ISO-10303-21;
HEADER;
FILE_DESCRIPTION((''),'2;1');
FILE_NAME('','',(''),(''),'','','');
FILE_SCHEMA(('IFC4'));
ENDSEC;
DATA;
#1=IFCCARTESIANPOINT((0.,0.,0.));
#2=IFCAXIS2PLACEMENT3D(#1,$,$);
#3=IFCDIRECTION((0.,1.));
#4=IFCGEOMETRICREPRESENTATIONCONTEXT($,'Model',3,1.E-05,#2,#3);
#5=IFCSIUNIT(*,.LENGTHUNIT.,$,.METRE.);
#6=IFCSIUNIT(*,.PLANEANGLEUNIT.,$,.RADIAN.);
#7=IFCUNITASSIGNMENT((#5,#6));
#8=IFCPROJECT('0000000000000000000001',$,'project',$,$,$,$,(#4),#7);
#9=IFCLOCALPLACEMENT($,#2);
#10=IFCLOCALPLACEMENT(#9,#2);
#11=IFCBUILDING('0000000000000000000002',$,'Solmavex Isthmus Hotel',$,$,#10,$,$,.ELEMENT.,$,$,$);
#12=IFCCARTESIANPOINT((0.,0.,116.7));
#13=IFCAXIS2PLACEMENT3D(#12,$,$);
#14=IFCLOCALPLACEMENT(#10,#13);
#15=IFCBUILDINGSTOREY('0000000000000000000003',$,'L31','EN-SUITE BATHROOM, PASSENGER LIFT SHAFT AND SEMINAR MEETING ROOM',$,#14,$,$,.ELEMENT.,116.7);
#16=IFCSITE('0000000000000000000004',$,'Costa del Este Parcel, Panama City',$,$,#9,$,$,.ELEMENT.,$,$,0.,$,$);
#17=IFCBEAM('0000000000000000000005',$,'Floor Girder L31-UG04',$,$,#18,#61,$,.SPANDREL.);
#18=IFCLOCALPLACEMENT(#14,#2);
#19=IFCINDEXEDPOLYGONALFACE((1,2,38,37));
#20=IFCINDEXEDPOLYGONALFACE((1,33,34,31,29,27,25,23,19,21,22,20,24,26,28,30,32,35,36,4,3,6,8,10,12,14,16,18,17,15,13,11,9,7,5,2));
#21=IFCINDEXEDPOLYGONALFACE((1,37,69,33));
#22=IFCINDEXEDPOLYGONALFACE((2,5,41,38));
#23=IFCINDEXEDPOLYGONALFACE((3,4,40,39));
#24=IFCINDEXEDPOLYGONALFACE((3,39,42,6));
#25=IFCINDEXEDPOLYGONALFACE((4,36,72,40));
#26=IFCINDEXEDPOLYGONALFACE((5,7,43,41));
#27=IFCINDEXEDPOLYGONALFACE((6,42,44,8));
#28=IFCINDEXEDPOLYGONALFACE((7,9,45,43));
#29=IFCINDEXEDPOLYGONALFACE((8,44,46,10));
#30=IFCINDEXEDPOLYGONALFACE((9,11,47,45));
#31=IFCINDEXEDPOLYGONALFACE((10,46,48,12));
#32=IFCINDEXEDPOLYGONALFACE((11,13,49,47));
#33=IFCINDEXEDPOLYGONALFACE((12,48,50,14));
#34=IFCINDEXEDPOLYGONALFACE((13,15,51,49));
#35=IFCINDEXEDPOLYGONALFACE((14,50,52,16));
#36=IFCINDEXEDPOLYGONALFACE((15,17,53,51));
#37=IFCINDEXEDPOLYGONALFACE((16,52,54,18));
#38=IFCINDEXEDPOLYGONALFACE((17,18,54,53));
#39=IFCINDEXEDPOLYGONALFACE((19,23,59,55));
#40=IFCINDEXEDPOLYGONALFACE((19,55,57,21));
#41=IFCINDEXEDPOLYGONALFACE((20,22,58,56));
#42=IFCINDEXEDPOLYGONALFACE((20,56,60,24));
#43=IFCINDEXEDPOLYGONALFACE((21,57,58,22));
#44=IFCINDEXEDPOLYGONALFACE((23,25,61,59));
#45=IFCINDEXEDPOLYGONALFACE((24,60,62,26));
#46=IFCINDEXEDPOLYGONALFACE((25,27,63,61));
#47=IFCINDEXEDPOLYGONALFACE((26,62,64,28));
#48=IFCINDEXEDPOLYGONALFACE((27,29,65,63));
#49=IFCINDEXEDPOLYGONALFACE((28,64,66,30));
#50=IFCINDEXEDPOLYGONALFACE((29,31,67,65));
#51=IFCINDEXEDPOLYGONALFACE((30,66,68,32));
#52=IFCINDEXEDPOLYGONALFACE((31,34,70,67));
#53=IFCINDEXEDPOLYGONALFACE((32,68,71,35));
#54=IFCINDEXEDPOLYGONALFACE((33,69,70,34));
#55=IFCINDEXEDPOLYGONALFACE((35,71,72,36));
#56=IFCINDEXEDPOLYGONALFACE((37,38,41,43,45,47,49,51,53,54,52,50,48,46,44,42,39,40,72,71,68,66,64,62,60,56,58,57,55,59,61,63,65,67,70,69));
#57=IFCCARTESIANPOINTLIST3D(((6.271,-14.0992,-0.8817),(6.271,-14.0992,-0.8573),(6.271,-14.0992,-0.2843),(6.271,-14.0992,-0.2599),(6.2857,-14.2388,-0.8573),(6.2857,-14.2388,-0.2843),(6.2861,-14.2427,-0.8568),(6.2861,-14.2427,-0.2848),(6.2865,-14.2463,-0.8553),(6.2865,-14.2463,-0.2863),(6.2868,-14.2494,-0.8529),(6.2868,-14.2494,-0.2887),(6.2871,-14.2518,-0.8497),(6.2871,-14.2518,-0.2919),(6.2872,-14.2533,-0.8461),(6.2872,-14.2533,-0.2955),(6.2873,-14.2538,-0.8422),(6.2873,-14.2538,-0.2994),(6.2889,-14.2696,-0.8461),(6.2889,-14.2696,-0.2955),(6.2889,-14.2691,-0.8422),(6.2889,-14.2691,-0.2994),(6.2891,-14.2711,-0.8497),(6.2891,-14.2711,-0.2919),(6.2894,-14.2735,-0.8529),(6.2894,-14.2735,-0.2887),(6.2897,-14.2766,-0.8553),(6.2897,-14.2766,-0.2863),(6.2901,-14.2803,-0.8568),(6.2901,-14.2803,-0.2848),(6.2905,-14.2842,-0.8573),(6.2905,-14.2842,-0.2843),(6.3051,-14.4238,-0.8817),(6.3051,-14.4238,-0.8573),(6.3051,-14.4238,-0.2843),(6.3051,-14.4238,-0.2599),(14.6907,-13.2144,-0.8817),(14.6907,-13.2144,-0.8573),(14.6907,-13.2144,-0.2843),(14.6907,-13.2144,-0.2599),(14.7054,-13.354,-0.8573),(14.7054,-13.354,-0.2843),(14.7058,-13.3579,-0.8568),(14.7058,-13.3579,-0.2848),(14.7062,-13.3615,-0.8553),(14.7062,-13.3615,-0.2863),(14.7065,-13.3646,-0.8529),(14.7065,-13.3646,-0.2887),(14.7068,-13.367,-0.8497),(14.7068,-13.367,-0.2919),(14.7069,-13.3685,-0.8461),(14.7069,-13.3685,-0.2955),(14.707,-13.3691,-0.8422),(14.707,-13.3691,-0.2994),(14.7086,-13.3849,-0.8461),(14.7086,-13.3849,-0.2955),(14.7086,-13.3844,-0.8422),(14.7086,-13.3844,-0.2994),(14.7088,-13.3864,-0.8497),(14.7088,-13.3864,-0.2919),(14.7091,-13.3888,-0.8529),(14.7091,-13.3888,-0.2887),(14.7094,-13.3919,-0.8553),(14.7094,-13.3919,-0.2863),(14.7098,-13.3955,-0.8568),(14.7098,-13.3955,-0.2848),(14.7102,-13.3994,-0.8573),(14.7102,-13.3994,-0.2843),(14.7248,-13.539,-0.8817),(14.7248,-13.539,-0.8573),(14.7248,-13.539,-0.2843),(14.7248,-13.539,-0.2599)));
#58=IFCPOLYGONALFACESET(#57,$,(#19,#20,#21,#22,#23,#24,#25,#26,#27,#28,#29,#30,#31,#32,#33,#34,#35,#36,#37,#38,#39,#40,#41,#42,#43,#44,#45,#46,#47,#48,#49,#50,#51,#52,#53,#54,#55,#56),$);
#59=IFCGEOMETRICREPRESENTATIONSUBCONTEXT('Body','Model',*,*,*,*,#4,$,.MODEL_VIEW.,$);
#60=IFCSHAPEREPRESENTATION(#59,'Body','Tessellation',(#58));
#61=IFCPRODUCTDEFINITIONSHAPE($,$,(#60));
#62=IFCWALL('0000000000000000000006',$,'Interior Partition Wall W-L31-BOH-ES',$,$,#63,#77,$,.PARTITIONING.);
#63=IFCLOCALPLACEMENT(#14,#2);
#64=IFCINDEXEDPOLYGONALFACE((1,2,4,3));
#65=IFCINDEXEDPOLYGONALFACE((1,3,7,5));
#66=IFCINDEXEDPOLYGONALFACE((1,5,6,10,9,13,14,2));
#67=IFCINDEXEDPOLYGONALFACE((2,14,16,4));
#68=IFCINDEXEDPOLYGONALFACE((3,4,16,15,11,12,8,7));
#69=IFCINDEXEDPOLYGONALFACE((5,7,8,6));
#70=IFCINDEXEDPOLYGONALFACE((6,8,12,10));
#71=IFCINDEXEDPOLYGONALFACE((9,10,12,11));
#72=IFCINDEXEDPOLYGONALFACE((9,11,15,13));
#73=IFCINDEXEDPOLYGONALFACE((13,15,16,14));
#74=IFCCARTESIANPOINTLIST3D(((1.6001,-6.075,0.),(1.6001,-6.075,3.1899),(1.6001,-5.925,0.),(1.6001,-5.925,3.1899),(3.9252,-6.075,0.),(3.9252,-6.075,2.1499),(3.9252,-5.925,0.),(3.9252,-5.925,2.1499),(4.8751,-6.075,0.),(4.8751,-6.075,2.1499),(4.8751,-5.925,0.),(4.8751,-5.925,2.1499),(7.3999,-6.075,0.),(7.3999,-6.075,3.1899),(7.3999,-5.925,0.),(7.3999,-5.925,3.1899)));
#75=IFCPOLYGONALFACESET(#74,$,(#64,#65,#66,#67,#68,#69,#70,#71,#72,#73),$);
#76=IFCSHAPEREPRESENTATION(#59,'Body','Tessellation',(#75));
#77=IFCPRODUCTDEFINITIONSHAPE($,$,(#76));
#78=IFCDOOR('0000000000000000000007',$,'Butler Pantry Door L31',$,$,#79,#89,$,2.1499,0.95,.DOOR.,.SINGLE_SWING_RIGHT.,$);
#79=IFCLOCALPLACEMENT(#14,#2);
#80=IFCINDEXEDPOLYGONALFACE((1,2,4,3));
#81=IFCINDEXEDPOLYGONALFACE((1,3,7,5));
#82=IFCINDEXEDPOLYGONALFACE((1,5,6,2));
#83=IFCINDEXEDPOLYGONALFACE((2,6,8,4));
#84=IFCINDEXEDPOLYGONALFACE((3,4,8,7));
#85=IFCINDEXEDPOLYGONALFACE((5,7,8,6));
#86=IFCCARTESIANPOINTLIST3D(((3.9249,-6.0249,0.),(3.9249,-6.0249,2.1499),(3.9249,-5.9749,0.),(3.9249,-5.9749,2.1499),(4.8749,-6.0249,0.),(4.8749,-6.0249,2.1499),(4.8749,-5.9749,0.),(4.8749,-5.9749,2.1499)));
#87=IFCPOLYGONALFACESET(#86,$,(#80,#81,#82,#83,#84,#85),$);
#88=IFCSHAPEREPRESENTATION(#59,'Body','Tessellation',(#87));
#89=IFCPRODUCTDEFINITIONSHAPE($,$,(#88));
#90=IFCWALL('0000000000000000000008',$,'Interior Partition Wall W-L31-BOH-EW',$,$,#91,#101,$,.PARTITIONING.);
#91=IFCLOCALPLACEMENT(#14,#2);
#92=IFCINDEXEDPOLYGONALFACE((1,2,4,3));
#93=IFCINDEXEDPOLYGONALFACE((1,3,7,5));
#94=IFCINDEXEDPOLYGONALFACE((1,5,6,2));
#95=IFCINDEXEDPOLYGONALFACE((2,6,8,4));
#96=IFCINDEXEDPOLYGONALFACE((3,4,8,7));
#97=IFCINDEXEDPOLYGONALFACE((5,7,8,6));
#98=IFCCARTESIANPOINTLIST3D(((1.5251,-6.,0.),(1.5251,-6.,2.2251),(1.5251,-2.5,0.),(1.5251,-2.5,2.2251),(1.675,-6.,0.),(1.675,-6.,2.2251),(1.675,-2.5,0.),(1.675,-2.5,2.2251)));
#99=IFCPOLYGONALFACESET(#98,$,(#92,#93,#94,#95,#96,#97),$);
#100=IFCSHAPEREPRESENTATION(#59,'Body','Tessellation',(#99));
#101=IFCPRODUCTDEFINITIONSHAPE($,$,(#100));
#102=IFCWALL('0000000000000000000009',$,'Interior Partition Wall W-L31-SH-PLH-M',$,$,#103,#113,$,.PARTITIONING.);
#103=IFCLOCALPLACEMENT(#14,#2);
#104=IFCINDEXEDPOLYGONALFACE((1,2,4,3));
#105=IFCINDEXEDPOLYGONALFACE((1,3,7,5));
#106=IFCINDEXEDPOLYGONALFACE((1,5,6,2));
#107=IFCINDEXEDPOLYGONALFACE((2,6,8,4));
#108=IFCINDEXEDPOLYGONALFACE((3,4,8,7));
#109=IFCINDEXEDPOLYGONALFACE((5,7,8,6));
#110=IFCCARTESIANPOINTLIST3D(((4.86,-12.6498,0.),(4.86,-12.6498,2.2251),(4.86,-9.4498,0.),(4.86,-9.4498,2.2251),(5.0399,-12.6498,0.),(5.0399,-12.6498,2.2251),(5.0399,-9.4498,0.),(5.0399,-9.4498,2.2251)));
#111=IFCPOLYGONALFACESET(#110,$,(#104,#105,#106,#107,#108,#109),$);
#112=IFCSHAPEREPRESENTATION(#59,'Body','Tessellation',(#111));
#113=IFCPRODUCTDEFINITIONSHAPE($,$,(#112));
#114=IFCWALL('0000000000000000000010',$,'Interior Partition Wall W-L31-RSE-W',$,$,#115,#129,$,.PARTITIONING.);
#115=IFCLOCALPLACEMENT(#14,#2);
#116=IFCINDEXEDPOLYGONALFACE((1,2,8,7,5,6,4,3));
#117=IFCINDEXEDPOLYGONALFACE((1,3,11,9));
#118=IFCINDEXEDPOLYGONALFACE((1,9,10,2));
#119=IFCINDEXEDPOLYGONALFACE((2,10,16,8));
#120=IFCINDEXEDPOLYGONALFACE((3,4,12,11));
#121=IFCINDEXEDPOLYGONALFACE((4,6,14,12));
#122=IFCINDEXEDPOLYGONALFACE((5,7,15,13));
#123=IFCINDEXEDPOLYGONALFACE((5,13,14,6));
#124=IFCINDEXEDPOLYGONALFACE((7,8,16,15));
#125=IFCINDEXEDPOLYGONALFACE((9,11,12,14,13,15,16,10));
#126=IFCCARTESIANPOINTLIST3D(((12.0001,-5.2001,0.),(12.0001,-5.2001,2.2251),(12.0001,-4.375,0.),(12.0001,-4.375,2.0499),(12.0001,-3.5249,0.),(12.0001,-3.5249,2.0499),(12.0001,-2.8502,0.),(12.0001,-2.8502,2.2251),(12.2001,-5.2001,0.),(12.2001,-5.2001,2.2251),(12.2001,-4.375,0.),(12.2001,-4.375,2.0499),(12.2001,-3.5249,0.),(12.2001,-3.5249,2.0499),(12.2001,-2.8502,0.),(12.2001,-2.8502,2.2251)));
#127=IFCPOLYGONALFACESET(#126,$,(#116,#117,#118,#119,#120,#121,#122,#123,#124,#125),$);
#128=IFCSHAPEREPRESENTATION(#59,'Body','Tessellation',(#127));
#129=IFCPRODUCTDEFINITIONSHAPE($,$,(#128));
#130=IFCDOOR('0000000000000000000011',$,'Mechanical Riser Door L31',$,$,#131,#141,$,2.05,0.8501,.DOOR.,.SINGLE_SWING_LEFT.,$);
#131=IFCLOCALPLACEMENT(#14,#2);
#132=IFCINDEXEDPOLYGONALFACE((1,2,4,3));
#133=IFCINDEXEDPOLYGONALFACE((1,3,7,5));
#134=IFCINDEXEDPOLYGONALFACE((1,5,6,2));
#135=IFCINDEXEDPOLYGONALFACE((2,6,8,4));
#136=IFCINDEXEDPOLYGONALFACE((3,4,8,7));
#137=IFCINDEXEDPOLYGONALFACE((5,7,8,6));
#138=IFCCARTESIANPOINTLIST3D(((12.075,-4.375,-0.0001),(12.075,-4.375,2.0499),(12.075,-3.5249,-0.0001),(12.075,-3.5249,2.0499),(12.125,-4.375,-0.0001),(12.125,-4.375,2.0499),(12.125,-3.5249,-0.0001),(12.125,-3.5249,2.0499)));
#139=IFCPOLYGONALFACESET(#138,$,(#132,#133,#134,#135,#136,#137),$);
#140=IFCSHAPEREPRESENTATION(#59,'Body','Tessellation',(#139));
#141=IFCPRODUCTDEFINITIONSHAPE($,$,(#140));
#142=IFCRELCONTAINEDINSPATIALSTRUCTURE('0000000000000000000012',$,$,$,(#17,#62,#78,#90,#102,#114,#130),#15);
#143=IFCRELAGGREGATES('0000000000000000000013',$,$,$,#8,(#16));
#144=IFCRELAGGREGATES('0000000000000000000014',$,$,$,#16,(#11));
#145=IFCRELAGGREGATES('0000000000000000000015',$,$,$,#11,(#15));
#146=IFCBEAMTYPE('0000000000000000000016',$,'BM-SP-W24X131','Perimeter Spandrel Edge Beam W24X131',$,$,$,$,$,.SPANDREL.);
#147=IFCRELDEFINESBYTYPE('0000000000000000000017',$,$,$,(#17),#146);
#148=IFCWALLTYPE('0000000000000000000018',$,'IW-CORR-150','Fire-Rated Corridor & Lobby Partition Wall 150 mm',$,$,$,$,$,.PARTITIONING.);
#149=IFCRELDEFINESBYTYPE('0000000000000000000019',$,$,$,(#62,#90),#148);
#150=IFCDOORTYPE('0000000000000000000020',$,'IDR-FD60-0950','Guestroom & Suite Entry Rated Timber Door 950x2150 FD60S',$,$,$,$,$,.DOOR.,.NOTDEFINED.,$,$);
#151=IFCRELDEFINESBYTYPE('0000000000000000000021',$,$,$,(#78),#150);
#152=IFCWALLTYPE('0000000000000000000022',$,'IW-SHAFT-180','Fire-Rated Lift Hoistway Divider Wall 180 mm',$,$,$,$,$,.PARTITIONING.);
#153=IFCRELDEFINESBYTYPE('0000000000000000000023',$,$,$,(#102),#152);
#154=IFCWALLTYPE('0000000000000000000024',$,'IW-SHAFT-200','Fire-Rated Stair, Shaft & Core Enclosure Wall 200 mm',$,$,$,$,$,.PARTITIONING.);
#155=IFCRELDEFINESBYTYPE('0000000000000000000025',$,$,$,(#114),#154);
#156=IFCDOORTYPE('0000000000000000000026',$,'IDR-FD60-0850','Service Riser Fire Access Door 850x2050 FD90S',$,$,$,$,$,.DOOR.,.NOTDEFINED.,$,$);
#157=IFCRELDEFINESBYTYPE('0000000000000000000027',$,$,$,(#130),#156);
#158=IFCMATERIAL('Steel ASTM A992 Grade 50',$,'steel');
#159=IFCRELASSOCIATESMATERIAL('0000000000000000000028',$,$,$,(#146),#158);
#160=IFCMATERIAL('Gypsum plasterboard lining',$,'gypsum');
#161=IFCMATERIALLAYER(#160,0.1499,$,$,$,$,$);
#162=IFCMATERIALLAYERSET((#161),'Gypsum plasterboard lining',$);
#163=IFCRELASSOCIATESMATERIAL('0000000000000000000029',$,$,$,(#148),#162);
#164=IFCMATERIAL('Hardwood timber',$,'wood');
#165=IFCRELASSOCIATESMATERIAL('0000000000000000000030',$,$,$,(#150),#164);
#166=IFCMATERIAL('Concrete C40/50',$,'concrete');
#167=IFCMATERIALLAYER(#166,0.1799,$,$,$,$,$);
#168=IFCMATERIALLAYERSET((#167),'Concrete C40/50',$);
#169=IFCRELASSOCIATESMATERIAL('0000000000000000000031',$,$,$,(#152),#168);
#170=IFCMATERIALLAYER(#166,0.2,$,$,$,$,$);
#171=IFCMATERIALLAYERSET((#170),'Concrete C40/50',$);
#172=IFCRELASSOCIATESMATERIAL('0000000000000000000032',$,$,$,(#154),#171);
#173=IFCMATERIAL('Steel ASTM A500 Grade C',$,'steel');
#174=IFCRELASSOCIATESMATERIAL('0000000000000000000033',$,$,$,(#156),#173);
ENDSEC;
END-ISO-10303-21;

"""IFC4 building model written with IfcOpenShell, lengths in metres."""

from ifc_helpers import new_model, si_unit, direction, frame, frame_2d, origin, origin_2d, place, context, subcontext, project, spatial, rectangle, i_section, extrude, material, layer, layer_set, material_profile, profile_set, type_object, element, fill, save


model = new_model("IFC4")

# Units and contexts
model_context = context("Model", 3, precision=1e-05, world=origin(), true_north=direction((0.0, 1.0)))
body_context = subcontext(model_context, "Body", "Model", "MODEL_VIEW")
ifc_project = project(units=[si_unit("LENGTHUNIT", "METRE"), si_unit("PLANEANGLEUNIT", "RADIAN")], contexts=[model_context])

# Site, building, storey
site_placement = place(None, origin())
site = spatial("IfcSite", under=ifc_project, at=site_placement, Name="Costa del Este Parcel, Panama City", CompositionType="ELEMENT", RefElevation=0.0)
building_placement = place(site_placement, origin())
building = spatial("IfcBuilding", under=site, at=building_placement, Name="Solmavex Isthmus Hotel", CompositionType="ELEMENT")
storey_placement = place(building_placement, frame((0.0, 0.0, 116.7)))
storey = spatial("IfcBuildingStorey", under=building, at=storey_placement, Name="L31", Description="EN-SUITE BATHROOM, PASSENGER LIFT SHAFT AND SEMINAR MEETING ROOM", CompositionType="ELEMENT", Elevation=116.7)

# Beam
ifc_material_1 = material(Name="Steel ASTM A992 Grade 50", Category="steel")
ifc_material_profile_1 = material_profile(ifc_material_1, i_section(OverallWidth=0.3264, OverallDepth=0.6218, WebThickness=0.0154, FlangeThickness=0.0244, FilletRadius=0.0151, at=origin_2d()), Name="W24X131")
ifc_profile_set_1 = profile_set([ifc_material_profile_1], Name="Steel ASTM A992 Grade 50")
beam_type_1 = type_object("IfcBeamType", Name="BM-SP-W24X131", Description="Perimeter Spandrel Edge Beam W24X131", PredefinedType="SPANDREL", material=ifc_profile_set_1)
beam_1_placement = place(storey_placement, frame((6.2881, -14.2615, -0.5708), z_axis=(0.994524, 0.104508, 0.0), x_axis=(-0.104508, 0.994524, 0.0)))
element("IfcBeam", 1, at=beam_1_placement, inside=storey, type_object=beam_type_1, Name="Floor Girder L31-UG04", PredefinedType="SPANDREL", context=body_context, shape_type="SweptSolid", body=[
    extrude(i_section(OverallWidth=0.3264, OverallDepth=0.6218, WebThickness=0.0154, FlangeThickness=0.0244, FilletRadius=0.0151, at=origin_2d()), origin(), (0.0, 0.0, 1.0), 8.4661),
])

# Wall, opening, door
ifc_material_2 = material(Name="Gypsum plasterboard lining", Category="gypsum")
ifc_layer_1 = layer(ifc_material_2, 0.1499)
ifc_layer_set_1 = layer_set([ifc_layer_1], Name="Gypsum plasterboard lining")
wall_type_1 = type_object("IfcWallType", Name="IW-CORR-150", Description="Fire-Rated Corridor & Lobby Partition Wall 150 mm", PredefinedType="PARTITIONING", material=ifc_layer_set_1)
wall_1_placement = place(storey_placement, frame((1.6001, -6.0, 0.0), z_axis=(0.0, 0.0, 1.0), x_axis=(1.0, 0.0, 0.0)))
wall_1 = element("IfcWall", 2, at=wall_1_placement, inside=storey, type_object=wall_type_1, Name="Interior Partition Wall W-L31-BOH-ES", PredefinedType="PARTITIONING", context=body_context, shape_type="SweptSolid", body=[
    extrude(rectangle(XDim=5.7998, YDim=0.1499, at=frame_2d((2.8999, 0.0))), origin(), (0.0, 0.0, 1.0), 3.1899),
])
opening_1_placement = place(wall_1_placement, frame((2.325, 0.0, 0.0)))
opening_1 = element("IfcOpeningElement", 3, at=opening_1_placement, cuts=wall_1, PredefinedType="OPENING", context=body_context, shape_type="SweptSolid", body=[
    extrude(rectangle(XDim=0.95, YDim=2.1499, at=frame_2d((0.4751, 1.075))), frame((0.0, 0.085, 0.0), z_axis=(0.0, -1.0, 0.0), x_axis=(1.0, 0.0, 0.0)), (0.0, 0.0, 1.0), 0.1699),
])
ifc_material_3 = material(Name="Hardwood timber", Category="wood")
door_type_1 = type_object("IfcDoorType", Name="IDR-FD60-0950", Description="Guestroom & Suite Entry Rated Timber Door 950x2150 FD60S", OperationType="NOTDEFINED", PredefinedType="DOOR", material=ifc_material_3)
door_1_placement = place(opening_1_placement, frame((0.95, 0.0, 0.0), z_axis=(0.0, 0.0, 1.0), x_axis=(-1.0, 0.0, 0.0)))
door_1 = element("IfcDoor", 4, at=door_1_placement, inside=storey, type_object=door_type_1, Name="Butler Pantry Door L31", OperationType="SINGLE_SWING_RIGHT", OverallHeight=2.1499, OverallWidth=0.95, PredefinedType="DOOR", context=body_context, shape_type="SweptSolid", body=[
    extrude(rectangle(XDim=0.95, YDim=2.1499, at=frame_2d((0.4751, 1.075))), frame((0.0, 0.0249, 0.0), z_axis=(0.0, -1.0, 0.0), x_axis=(1.0, 0.0, 0.0)), (0.0, 0.0, 1.0), 0.05),
])
fill(opening_1, door_1)

# Walls
wall_2_placement = place(storey_placement, frame((1.6001, -6.0, 0.0), z_axis=(0.0, 0.0, 1.0), x_axis=(0.0, 1.0, 0.0)))
element("IfcWall", 5, at=wall_2_placement, inside=storey, type_object=wall_type_1, Name="Interior Partition Wall W-L31-BOH-EW", PredefinedType="PARTITIONING", context=body_context, shape_type="SweptSolid", body=[
    extrude(rectangle(XDim=3.5, YDim=0.1499, at=frame_2d((1.75, 0.0))), origin(), (0.0, 0.0, 1.0), 2.2251),
])
ifc_material_4 = material(Name="Concrete C40/50", Category="concrete")
ifc_layer_2 = layer(ifc_material_4, 0.1799)
ifc_layer_set_2 = layer_set([ifc_layer_2], Name="Concrete C40/50")
wall_type_2 = type_object("IfcWallType", Name="IW-SHAFT-180", Description="Fire-Rated Lift Hoistway Divider Wall 180 mm", PredefinedType="PARTITIONING", material=ifc_layer_set_2)
wall_3_placement = place(storey_placement, frame((4.95, -12.6499, 0.0), z_axis=(0.0, 0.0, 1.0), x_axis=(0.0, 1.0, 0.0)))
element("IfcWall", 6, at=wall_3_placement, inside=storey, type_object=wall_type_2, Name="Interior Partition Wall W-L31-SH-PLH-M", PredefinedType="PARTITIONING", context=body_context, shape_type="SweptSolid", body=[
    extrude(rectangle(XDim=3.2, YDim=0.1799, at=frame_2d((1.6001, 0.0))), origin(), (0.0, 0.0, 1.0), 2.2251),
])

# Wall, opening, door
ifc_layer_3 = layer(ifc_material_4, 0.2)
ifc_layer_set_3 = layer_set([ifc_layer_3], Name="Concrete C40/50")
wall_type_3 = type_object("IfcWallType", Name="IW-SHAFT-200", Description="Fire-Rated Stair, Shaft & Core Enclosure Wall 200 mm", PredefinedType="PARTITIONING", material=ifc_layer_set_3)
wall_4_placement = place(storey_placement, frame((12.1001, -5.2, 0.0), z_axis=(0.0, 0.0, 1.0), x_axis=(0.0, 1.0, 0.0)))
wall_4 = element("IfcWall", 7, at=wall_4_placement, inside=storey, type_object=wall_type_3, Name="Interior Partition Wall W-L31-RSE-W", PredefinedType="PARTITIONING", context=body_context, shape_type="SweptSolid", body=[
    extrude(rectangle(XDim=2.3499, YDim=0.2, at=frame_2d((1.1748, 0.0))), origin(), (0.0, 0.0, 1.0), 2.2251),
])
opening_2_placement = place(wall_4_placement, frame((0.825, 0.0, 0.0)))
opening_2 = element("IfcOpeningElement", 8, at=opening_2_placement, cuts=wall_4, PredefinedType="OPENING", context=body_context, shape_type="SweptSolid", body=[
    extrude(rectangle(XDim=0.8501, YDim=2.05, at=frame_2d((0.425, 1.0249))), frame((0.0, 0.1099, 0.0), z_axis=(0.0, -1.0, 0.0), x_axis=(1.0, 0.0, 0.0)), (0.0, 0.0, 1.0), 0.22),
])
ifc_material_5 = material(Name="Steel ASTM A500 Grade C", Category="steel")
door_type_2 = type_object("IfcDoorType", Name="IDR-FD60-0850", Description="Service Riser Fire Access Door 850x2050 FD90S", OperationType="NOTDEFINED", PredefinedType="DOOR", material=ifc_material_5)
door_2_placement = place(opening_2_placement, frame((0.8501, 0.0, 0.0), z_axis=(0.0, 0.0, 1.0), x_axis=(-1.0, 0.0, 0.0)))
door_2 = element("IfcDoor", 9, at=door_2_placement, inside=storey, type_object=door_type_2, Name="Mechanical Riser Door L31", OperationType="SINGLE_SWING_LEFT", OverallHeight=2.05, OverallWidth=0.8501, PredefinedType="DOOR", context=body_context, shape_type="SweptSolid", body=[
    extrude(rectangle(XDim=0.8501, YDim=2.05, at=frame_2d((0.425, 1.0249))), frame((0.0, 0.0249, 0.0), z_axis=(0.0, -1.0, 0.0), x_axis=(1.0, 0.0, 0.0)), (0.0, 0.0, 1.0), 0.05),
])
fill(opening_2, door_2)

save(model, "model.ifc")
